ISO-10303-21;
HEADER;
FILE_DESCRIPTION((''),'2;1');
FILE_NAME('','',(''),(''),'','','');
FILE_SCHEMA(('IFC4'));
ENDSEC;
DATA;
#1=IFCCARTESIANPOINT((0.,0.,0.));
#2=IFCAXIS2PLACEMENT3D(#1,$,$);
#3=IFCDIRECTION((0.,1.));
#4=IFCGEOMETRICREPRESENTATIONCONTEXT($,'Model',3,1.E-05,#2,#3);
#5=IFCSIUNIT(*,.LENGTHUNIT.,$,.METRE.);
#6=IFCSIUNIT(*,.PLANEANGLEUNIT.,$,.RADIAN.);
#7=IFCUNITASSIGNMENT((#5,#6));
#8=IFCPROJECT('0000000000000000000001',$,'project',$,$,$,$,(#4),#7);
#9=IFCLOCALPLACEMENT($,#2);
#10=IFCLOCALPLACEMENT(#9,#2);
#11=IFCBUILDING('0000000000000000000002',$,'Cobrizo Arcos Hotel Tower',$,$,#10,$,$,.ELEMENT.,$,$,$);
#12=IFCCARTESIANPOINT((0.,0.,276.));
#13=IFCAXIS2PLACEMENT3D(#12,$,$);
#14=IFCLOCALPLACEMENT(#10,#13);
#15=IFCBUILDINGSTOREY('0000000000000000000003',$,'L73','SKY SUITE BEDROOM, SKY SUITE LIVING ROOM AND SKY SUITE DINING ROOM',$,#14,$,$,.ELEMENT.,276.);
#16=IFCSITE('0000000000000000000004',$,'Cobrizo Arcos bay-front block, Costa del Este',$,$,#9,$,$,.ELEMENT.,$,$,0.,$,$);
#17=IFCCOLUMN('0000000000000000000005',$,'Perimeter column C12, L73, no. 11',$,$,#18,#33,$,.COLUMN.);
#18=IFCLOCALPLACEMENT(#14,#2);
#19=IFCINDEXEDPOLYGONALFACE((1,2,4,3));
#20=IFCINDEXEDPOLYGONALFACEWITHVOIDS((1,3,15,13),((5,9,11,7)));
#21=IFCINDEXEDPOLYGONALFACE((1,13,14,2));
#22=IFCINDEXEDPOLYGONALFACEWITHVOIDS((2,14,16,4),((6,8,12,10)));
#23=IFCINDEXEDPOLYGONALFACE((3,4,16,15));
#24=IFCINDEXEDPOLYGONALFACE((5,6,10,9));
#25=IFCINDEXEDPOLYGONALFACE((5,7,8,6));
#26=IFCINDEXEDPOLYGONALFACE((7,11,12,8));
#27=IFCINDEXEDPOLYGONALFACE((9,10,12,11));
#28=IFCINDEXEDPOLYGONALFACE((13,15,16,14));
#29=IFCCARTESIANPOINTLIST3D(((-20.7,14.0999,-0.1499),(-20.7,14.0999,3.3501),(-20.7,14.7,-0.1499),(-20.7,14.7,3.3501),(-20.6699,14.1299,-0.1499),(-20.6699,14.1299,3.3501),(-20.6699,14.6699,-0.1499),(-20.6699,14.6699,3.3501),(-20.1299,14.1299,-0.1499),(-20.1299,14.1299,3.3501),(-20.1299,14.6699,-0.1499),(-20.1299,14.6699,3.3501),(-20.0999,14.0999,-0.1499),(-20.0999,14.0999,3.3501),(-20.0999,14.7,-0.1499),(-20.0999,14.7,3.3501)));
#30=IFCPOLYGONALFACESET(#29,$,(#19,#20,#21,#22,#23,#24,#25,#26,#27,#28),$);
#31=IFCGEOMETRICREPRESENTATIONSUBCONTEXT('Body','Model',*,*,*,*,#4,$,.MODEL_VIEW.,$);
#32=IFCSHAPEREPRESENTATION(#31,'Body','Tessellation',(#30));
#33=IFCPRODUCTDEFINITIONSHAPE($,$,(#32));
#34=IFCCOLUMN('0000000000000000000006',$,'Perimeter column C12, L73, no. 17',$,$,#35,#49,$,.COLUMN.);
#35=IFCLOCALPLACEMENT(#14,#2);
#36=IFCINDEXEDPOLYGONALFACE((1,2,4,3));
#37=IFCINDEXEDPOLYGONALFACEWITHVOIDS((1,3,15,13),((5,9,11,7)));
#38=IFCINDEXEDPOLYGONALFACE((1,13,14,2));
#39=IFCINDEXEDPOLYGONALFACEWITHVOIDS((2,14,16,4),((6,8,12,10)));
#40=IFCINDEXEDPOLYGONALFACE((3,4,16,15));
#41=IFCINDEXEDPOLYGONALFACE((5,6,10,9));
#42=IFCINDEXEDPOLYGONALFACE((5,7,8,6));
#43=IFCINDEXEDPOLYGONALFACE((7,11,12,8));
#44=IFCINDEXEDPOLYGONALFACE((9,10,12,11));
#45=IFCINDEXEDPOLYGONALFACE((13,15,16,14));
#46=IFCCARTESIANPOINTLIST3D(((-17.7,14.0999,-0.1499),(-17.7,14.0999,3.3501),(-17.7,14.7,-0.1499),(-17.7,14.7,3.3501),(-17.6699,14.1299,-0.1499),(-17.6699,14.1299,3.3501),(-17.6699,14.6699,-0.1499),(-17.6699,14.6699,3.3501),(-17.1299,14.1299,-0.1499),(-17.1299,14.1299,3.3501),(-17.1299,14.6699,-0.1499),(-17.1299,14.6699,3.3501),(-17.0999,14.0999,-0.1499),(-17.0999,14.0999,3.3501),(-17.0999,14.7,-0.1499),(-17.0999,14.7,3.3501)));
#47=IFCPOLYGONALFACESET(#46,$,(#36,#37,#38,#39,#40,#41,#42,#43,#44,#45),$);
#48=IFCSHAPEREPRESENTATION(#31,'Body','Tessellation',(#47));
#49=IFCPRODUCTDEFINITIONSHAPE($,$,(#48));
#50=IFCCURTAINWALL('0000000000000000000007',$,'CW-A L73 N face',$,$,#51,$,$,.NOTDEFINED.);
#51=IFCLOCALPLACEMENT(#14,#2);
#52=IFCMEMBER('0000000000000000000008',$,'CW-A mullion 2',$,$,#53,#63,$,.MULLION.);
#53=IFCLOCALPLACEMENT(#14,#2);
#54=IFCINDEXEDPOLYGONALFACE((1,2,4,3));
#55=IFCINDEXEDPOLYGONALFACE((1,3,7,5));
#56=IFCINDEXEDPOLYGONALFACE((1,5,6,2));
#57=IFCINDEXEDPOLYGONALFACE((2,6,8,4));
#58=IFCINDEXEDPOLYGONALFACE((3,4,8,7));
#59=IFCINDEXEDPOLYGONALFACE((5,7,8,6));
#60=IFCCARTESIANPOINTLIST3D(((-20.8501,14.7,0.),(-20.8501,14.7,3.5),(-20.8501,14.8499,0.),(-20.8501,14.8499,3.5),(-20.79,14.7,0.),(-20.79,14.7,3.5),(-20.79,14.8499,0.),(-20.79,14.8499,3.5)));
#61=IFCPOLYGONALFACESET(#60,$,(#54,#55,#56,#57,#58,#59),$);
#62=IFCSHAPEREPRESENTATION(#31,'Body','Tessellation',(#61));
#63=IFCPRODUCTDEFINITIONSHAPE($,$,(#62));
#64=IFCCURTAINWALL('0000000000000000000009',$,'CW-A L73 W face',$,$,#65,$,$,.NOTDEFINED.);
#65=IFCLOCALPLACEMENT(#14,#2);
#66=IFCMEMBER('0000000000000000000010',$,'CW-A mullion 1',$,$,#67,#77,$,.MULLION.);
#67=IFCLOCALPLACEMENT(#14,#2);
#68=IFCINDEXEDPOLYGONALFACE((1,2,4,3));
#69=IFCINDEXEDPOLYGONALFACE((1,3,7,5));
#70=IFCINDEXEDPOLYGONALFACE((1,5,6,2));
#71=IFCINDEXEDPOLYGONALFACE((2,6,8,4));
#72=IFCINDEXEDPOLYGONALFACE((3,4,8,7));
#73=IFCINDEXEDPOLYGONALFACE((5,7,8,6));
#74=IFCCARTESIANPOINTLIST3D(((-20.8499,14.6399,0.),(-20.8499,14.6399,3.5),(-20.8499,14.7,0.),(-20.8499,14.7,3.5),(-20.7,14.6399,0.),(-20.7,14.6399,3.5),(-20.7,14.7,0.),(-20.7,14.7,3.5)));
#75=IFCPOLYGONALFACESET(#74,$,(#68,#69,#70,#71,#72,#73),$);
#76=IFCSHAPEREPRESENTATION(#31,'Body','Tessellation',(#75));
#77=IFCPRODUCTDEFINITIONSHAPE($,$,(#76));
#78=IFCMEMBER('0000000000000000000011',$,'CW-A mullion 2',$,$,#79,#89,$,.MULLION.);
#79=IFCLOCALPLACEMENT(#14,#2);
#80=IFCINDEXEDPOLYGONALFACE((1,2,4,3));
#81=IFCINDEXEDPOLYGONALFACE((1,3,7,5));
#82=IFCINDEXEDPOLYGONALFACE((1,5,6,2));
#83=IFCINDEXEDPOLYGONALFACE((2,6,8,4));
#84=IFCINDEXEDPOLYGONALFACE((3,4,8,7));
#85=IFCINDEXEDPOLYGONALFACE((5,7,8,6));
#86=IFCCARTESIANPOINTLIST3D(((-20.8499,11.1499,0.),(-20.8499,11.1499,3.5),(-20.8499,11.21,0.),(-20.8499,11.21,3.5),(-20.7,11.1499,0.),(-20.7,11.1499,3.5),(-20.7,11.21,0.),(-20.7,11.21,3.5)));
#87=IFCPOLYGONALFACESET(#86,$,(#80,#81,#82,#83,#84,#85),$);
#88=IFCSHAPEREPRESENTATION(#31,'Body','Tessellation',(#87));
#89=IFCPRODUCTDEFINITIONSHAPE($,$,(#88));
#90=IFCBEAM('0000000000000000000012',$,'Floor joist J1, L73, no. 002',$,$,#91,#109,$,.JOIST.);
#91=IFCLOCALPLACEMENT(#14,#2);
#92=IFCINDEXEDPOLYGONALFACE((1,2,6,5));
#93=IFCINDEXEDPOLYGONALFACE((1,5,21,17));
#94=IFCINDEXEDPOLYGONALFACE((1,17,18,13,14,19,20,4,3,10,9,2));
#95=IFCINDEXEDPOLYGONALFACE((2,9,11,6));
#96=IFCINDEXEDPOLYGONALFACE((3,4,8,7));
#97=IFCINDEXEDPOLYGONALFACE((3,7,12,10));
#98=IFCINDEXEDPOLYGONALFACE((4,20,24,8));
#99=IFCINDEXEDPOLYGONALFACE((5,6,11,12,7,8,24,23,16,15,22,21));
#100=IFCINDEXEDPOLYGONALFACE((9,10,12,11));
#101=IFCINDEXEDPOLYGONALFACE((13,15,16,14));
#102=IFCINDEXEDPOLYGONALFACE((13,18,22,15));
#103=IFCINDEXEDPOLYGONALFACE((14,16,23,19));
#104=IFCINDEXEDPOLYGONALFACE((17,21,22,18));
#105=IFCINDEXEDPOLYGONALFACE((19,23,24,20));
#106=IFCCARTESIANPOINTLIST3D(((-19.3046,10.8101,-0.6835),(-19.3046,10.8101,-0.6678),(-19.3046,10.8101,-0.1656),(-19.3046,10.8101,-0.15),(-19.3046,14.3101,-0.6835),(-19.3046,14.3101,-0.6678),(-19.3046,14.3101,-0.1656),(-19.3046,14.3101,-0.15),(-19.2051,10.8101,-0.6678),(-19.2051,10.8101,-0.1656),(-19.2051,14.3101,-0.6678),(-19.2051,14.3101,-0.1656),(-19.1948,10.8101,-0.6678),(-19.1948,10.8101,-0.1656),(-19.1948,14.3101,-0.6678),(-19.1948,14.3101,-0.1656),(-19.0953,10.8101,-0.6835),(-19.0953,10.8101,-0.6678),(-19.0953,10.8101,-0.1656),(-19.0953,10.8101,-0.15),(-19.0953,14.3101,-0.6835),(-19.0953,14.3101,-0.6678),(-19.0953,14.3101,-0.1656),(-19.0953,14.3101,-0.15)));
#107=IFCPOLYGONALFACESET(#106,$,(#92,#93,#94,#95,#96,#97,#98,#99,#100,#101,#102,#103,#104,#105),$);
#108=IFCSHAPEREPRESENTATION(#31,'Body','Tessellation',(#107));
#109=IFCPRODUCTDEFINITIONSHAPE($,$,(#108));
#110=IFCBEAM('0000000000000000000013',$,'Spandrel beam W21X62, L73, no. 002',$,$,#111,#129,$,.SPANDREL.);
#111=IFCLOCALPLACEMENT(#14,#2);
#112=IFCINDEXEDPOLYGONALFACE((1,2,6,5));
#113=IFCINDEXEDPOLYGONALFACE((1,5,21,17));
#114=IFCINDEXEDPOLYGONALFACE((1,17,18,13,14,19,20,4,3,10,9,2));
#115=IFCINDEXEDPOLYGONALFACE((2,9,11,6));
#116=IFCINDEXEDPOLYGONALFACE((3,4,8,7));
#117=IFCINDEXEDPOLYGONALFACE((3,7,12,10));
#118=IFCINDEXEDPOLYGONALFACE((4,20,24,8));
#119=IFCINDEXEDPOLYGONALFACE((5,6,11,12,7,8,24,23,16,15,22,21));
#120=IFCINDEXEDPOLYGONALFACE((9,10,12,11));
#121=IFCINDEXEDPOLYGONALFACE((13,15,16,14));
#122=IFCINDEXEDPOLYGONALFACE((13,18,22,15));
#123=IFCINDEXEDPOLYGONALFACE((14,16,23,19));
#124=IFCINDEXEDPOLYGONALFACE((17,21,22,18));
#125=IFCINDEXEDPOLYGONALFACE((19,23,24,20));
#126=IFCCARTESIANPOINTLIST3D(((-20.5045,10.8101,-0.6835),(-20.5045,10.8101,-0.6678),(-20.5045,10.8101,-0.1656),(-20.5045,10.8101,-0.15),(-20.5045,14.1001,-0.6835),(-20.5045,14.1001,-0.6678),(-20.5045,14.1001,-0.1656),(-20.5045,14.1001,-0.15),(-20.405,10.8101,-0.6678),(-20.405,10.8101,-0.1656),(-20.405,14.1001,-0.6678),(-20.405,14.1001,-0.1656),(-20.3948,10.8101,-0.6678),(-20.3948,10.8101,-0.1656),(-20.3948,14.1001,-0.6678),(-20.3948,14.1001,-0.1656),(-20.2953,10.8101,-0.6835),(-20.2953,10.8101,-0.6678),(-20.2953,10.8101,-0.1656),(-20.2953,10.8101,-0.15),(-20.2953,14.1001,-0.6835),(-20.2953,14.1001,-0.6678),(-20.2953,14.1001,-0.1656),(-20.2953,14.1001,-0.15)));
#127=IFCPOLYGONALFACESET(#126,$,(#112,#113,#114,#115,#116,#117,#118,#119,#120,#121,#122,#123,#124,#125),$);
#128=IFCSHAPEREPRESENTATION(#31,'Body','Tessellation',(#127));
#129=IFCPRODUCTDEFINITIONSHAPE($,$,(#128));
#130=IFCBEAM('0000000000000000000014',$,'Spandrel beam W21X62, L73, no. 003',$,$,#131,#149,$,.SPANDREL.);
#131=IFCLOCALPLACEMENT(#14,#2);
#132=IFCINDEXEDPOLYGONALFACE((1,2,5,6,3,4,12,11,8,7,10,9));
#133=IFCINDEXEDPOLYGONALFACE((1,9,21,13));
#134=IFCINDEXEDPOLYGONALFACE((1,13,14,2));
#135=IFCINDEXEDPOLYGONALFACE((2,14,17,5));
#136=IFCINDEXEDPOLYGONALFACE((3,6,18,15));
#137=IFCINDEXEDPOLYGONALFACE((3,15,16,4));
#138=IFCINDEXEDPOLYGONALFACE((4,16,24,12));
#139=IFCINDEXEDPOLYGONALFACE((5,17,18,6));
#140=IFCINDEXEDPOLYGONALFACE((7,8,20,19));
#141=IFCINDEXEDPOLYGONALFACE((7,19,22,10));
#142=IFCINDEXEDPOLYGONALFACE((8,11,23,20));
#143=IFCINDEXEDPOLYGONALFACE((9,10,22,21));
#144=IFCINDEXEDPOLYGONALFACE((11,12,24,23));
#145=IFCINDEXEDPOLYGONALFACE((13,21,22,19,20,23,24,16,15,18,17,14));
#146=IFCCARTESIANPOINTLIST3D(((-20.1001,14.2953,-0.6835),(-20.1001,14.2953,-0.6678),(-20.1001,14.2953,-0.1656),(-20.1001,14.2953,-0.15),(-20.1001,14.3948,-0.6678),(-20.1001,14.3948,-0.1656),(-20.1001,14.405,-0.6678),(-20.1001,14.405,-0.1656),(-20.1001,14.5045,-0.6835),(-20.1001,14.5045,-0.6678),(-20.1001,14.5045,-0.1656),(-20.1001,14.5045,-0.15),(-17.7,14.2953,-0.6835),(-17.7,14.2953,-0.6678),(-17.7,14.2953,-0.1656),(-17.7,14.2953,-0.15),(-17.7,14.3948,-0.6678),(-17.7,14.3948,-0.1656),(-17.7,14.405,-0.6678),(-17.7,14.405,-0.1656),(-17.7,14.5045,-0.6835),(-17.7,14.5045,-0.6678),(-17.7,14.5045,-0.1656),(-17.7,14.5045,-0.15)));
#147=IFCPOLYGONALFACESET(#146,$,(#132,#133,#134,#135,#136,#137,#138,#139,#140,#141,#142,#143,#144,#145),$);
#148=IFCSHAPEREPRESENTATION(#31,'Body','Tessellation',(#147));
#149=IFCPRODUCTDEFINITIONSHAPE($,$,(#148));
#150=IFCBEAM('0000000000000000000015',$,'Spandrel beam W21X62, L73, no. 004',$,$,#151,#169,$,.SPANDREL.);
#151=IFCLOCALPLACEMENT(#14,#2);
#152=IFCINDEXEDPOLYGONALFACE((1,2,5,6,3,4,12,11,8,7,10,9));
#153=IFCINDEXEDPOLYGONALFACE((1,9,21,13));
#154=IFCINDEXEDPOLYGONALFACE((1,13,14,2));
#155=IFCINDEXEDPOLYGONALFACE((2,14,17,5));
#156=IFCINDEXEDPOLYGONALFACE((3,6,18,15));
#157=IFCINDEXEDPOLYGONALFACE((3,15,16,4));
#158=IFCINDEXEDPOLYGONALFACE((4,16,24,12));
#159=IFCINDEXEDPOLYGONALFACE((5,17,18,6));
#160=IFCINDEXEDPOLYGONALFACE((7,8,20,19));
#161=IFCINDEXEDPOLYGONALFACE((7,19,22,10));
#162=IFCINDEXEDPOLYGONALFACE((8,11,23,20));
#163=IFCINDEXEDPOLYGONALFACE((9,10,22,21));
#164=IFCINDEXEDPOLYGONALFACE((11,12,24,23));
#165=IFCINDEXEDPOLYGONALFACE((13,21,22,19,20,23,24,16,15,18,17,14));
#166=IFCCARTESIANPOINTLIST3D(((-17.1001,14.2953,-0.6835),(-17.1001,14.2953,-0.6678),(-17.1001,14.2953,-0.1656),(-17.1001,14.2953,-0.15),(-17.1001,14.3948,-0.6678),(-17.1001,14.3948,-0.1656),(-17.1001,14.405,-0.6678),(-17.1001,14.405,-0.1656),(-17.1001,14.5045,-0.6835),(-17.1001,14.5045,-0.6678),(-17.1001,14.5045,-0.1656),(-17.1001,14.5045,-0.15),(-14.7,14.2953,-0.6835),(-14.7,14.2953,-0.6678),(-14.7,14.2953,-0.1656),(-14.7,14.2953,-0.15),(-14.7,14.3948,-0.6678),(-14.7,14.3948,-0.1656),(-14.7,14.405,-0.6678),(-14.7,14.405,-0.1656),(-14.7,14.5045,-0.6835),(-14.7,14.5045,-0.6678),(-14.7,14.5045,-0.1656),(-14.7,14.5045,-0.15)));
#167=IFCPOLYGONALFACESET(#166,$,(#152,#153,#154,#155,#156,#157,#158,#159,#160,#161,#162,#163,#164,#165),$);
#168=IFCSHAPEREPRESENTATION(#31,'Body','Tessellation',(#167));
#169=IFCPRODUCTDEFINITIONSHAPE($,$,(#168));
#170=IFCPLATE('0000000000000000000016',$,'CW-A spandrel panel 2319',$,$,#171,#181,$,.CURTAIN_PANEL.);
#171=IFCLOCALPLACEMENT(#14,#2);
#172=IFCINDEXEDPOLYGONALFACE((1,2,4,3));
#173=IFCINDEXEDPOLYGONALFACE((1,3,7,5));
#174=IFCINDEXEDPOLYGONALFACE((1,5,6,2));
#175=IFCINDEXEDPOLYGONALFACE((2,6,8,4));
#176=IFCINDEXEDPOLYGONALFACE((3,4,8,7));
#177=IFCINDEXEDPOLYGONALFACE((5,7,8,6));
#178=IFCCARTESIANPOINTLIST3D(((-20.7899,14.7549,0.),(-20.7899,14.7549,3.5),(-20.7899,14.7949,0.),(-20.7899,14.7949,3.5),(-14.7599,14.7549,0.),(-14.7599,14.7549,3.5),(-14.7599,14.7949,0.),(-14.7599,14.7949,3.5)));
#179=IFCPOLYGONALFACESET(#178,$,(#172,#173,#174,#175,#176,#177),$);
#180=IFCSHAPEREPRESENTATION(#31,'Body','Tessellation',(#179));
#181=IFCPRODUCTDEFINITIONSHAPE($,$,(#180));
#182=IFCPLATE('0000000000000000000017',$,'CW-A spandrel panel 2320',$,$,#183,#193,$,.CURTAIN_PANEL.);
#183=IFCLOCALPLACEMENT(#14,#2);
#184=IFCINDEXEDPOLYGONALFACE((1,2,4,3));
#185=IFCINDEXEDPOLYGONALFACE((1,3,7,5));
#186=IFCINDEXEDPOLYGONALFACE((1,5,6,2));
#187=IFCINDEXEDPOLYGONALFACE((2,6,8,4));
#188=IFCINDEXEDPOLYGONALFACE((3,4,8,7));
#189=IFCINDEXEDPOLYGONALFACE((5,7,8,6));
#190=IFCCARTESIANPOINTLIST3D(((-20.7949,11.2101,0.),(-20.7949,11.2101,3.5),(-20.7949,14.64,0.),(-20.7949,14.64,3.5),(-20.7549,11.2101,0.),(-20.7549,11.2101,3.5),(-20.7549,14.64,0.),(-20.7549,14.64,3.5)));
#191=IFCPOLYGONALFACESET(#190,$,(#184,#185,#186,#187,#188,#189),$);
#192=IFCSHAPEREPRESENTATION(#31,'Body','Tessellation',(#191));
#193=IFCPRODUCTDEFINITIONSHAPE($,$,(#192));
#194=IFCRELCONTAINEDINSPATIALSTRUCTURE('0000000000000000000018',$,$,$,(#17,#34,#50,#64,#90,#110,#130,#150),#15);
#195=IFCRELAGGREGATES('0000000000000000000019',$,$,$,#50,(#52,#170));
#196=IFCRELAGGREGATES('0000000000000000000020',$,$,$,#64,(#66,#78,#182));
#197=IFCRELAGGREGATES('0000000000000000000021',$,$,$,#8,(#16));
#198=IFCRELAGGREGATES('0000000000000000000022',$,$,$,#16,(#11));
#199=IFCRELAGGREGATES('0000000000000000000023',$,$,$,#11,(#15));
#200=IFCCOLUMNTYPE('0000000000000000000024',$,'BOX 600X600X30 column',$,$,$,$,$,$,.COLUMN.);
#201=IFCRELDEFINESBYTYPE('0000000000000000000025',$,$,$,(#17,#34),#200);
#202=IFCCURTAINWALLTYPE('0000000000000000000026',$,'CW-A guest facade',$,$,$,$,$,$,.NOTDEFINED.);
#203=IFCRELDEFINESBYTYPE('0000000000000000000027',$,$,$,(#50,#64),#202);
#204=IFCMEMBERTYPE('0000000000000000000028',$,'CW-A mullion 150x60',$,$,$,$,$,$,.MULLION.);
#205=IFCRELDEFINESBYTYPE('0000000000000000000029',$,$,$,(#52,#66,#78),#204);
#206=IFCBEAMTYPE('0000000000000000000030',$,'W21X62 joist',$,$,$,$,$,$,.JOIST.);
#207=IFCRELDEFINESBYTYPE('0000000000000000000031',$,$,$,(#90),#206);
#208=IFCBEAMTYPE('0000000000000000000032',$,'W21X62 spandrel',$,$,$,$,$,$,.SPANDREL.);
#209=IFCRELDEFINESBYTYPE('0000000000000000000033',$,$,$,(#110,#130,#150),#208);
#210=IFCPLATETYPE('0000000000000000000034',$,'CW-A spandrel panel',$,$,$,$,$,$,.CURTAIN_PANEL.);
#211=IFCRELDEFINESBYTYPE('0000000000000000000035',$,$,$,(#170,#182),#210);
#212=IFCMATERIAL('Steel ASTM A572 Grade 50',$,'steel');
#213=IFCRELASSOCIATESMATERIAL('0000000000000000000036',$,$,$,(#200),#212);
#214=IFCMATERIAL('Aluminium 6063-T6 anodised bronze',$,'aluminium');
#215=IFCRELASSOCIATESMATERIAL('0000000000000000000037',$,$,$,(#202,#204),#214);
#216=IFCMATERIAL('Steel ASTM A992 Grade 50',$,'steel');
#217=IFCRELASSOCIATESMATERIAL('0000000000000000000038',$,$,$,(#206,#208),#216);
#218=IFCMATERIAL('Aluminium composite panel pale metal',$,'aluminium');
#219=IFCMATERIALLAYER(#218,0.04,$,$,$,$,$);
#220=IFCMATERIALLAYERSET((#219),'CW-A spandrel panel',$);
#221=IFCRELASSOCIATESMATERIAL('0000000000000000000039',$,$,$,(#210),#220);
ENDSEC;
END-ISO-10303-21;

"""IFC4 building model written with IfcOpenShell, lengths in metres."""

from ifc_helpers import new_model, si_unit, direction, frame, origin, origin_2d, place, context, subcontext, project, spatial, rectangle, hollow_rectangle, i_section, extrude, material, layer, layer_set, material_profile, profile_set, type_object, element, aggregate, save


model = new_model("IFC4")

# Units and contexts
model_context = context("Model", 3, precision=1e-05, world=origin(), true_north=direction((0.0, 1.0)))
body_context = subcontext(model_context, "Body", "Model", "MODEL_VIEW")
ifc_project = project(units=[si_unit("LENGTHUNIT", "METRE"), si_unit("PLANEANGLEUNIT", "RADIAN")], contexts=[model_context])

# Site, building, storey
site_placement = place(None, origin())
site = spatial("IfcSite", under=ifc_project, at=site_placement, Name="Cobrizo Arcos bay-front block, Costa del Este", CompositionType="ELEMENT", RefElevation=0.0)
building_placement = place(site_placement, origin())
building = spatial("IfcBuilding", under=site, at=building_placement, Name="Cobrizo Arcos Hotel Tower", CompositionType="ELEMENT")
storey_placement = place(building_placement, frame((0.0, 0.0, 276.0)))
storey = spatial("IfcBuildingStorey", under=building, at=storey_placement, Name="L73", Description="SKY SUITE BEDROOM, SKY SUITE LIVING ROOM AND SKY SUITE DINING ROOM", CompositionType="ELEMENT", Elevation=276.0)

# Columns
ifc_material_1 = material(Name="Steel ASTM A572 Grade 50", Category="steel")
ifc_material_profile_1 = material_profile(ifc_material_1, hollow_rectangle(XDim=0.6001, YDim=0.6001, WallThickness=0.03, at=origin_2d()), Name="BOX 600X600X30")
ifc_profile_set_1 = profile_set([ifc_material_profile_1], Name="Steel ASTM A572 Grade 50")
column_type = type_object("IfcColumnType", Name="BOX 600X600X30 column", PredefinedType="COLUMN", material=ifc_profile_set_1)
for number, where, z_axis, x_axis, name in (
    (1, (-20.3999, 14.3999, -0.1499), (0.0, 0.0, 1.0), (1.0, 0.0, 0.0), "Perimeter column C12, L73, no. 11"),
    (2, (-17.3999, 14.3999, -0.1499), (0.0, 0.0, 1.0), (1.0, 0.0, 0.0), "Perimeter column C12, L73, no. 17"),
):
    element("IfcColumn", number, at=place(storey_placement, frame(where, z_axis=z_axis, x_axis=x_axis)), inside=storey, type_object=column_type, Name=name, PredefinedType="COLUMN", context=body_context, shape_type="SweptSolid", body=[
        extrude(hollow_rectangle(XDim=0.6001, YDim=0.6001, WallThickness=0.03, at=origin_2d()), origin(), (0.0, 0.0, 1.0), 3.5),
    ])

# Curtain wall, member
ifc_material_2 = material(Name="Aluminium 6063-T6 anodised bronze", Category="aluminium")
curtain_wall_type = type_object("IfcCurtainWallType", Name="CW-A guest facade", PredefinedType="NOTDEFINED", material=ifc_material_2)
curtain_wall_1_placement = place(storey_placement, origin())
curtain_wall_1 = element("IfcCurtainWall", 3, at=curtain_wall_1_placement, inside=storey, type_object=curtain_wall_type, Name="CW-A L73 N face", PredefinedType="NOTDEFINED")
ifc_material_profile_2 = material_profile(ifc_material_2, rectangle(XDim=0.1499, YDim=0.0601, at=origin_2d()), Name="CW-A mullion 150x60")
ifc_profile_set_2 = profile_set([ifc_material_profile_2], Name="Aluminium 6063-T6 anodised bronze")
member_type = type_object("IfcMemberType", Name="CW-A mullion 150x60", PredefinedType="MULLION", material=ifc_profile_set_2)
member_1_placement = place(storey_placement, frame((-20.8201, 14.7749, 0.0), z_axis=(0.0, 0.0, 1.0), x_axis=(0.0, 1.0, 0.0)))
member_1 = element("IfcMember", 4, at=member_1_placement, type_object=member_type, Name="CW-A mullion 2", PredefinedType="MULLION", context=body_context, shape_type="SweptSolid", body=[
    extrude(rectangle(XDim=0.1499, YDim=0.0601, at=origin_2d()), origin(), (0.0, 0.0, 1.0), 3.5),
])

# Curtain wall, members
curtain_wall_2_placement = place(storey_placement, origin())
curtain_wall_2 = element("IfcCurtainWall", 5, at=curtain_wall_2_placement, inside=storey, type_object=curtain_wall_type, Name="CW-A L73 W face", PredefinedType="NOTDEFINED")
member_2_placement = place(storey_placement, frame((-20.7749, 14.6699, 0.0), z_axis=(0.0, 0.0, 1.0), x_axis=(-1.0, 0.0, 0.0)))
member_2 = element("IfcMember", 6, at=member_2_placement, type_object=member_type, Name="CW-A mullion 1", PredefinedType="MULLION", context=body_context, shape_type="SweptSolid", body=[
    extrude(rectangle(XDim=0.1499, YDim=0.0601, at=origin_2d()), origin(), (0.0, 0.0, 1.0), 3.5),
])
member_3_placement = place(storey_placement, frame((-20.7749, 11.1799, 0.0), z_axis=(0.0, 0.0, 1.0), x_axis=(-1.0, 0.0, 0.0)))
member_3 = element("IfcMember", 7, at=member_3_placement, type_object=member_type, Name="CW-A mullion 2", PredefinedType="MULLION", context=body_context, shape_type="SweptSolid", body=[
    extrude(rectangle(XDim=0.1499, YDim=0.0601, at=origin_2d()), origin(), (0.0, 0.0, 1.0), 3.5),
])

# Beams
ifc_material_3 = material(Name="Steel ASTM A992 Grade 50", Category="steel")
ifc_material_profile_3 = material_profile(ifc_material_3, i_section(OverallWidth=0.2092, OverallDepth=0.5334, WebThickness=0.0103, FlangeThickness=0.0156, at=origin_2d()), Name="W21X62")
ifc_profile_set_3 = profile_set([ifc_material_profile_3], Name="Steel ASTM A992 Grade 50")
beam_type_1 = type_object("IfcBeamType", Name="W21X62 joist", PredefinedType="JOIST", material=ifc_profile_set_3)
beam_1_placement = place(storey_placement, frame((-19.2, 10.8101, -0.4167), z_axis=(0.0, 1.0, 0.0), x_axis=(-1.0, 0.0, 0.0)))
element("IfcBeam", 8, at=beam_1_placement, inside=storey, type_object=beam_type_1, Name="Floor joist J1, L73, no. 002", PredefinedType="JOIST", context=body_context, shape_type="SweptSolid", body=[
    extrude(i_section(OverallWidth=0.2092, OverallDepth=0.5334, WebThickness=0.0103, FlangeThickness=0.0156, at=origin_2d()), origin(), (0.0, 0.0, 1.0), 3.5),
])
ifc_material_profile_4 = material_profile(ifc_material_3, i_section(OverallWidth=0.2092, OverallDepth=0.5334, WebThickness=0.0103, FlangeThickness=0.0156, at=origin_2d()), Name="W21X62")
ifc_profile_set_4 = profile_set([ifc_material_profile_4], Name="Steel ASTM A992 Grade 50")
beam_type_2 = type_object("IfcBeamType", Name="W21X62 spandrel", PredefinedType="SPANDREL", material=ifc_profile_set_4)
beam_2_placement = place(storey_placement, frame((-20.3999, 10.8101, -0.4167), z_axis=(0.0, 1.0, 0.0), x_axis=(-1.0, 0.0, 0.0)))
element("IfcBeam", 9, at=beam_2_placement, inside=storey, type_object=beam_type_2, Name="Spandrel beam W21X62, L73, no. 002", PredefinedType="SPANDREL", context=body_context, shape_type="SweptSolid", body=[
    extrude(i_section(OverallWidth=0.2092, OverallDepth=0.5334, WebThickness=0.0103, FlangeThickness=0.0156, at=origin_2d()), origin(), (0.0, 0.0, 1.0), 3.29),
])
for number, where, z_axis, x_axis, name in (
    (10, (-20.1001, 14.3999, -0.4167), (1.0, 0.0, 0.0), (0.0, 1.0, 0.0), "Spandrel beam W21X62, L73, no. 003"),
    (11, (-17.1001, 14.3999, -0.4167), (1.0, 0.0, 0.0), (0.0, 1.0, 0.0), "Spandrel beam W21X62, L73, no. 004"),
):
    element("IfcBeam", number, at=place(storey_placement, frame(where, z_axis=z_axis, x_axis=x_axis)), inside=storey, type_object=beam_type_2, Name=name, PredefinedType="SPANDREL", context=body_context, shape_type="SweptSolid", body=[
        extrude(i_section(OverallWidth=0.2092, OverallDepth=0.5334, WebThickness=0.0103, FlangeThickness=0.0156, at=origin_2d()), origin(), (0.0, 0.0, 1.0), 2.4001),
    ])

# Plates
ifc_material_4 = material(Name="Aluminium composite panel pale metal", Category="aluminium")
ifc_layer_1 = layer(ifc_material_4, 0.04)
ifc_layer_set_1 = layer_set([ifc_layer_1], Name="CW-A spandrel panel")
plate_type = type_object("IfcPlateType", Name="CW-A spandrel panel", PredefinedType="CURTAIN_PANEL", material=ifc_layer_set_1)
plate_1_placement = place(storey_placement, frame((-17.7749, 14.7749, 0.0), z_axis=(0.0, 0.0, 1.0), x_axis=(-1.0, 0.0, 0.0)))
plate_1 = element("IfcPlate", 12, at=plate_1_placement, type_object=plate_type, Name="CW-A spandrel panel 2319", PredefinedType="CURTAIN_PANEL", context=body_context, shape_type="SweptSolid", body=[
    extrude(rectangle(XDim=6.03, YDim=0.04, at=origin_2d()), origin(), (0.0, 0.0, 1.0), 3.5),
])
aggregate(curtain_wall_1, [member_1, plate_1])
plate_2_placement = place(storey_placement, frame((-20.7749, 12.925, 0.0), z_axis=(0.0, 0.0, 1.0), x_axis=(0.0, -1.0, 0.0)))
plate_2 = element("IfcPlate", 13, at=plate_2_placement, type_object=plate_type, Name="CW-A spandrel panel 2320", PredefinedType="CURTAIN_PANEL", context=body_context, shape_type="SweptSolid", body=[
    extrude(rectangle(XDim=3.4299, YDim=0.04, at=origin_2d()), origin(), (0.0, 0.0, 1.0), 3.5),
])
aggregate(curtain_wall_2, [member_2, member_3, plate_2])

save(model, "model.ifc")
